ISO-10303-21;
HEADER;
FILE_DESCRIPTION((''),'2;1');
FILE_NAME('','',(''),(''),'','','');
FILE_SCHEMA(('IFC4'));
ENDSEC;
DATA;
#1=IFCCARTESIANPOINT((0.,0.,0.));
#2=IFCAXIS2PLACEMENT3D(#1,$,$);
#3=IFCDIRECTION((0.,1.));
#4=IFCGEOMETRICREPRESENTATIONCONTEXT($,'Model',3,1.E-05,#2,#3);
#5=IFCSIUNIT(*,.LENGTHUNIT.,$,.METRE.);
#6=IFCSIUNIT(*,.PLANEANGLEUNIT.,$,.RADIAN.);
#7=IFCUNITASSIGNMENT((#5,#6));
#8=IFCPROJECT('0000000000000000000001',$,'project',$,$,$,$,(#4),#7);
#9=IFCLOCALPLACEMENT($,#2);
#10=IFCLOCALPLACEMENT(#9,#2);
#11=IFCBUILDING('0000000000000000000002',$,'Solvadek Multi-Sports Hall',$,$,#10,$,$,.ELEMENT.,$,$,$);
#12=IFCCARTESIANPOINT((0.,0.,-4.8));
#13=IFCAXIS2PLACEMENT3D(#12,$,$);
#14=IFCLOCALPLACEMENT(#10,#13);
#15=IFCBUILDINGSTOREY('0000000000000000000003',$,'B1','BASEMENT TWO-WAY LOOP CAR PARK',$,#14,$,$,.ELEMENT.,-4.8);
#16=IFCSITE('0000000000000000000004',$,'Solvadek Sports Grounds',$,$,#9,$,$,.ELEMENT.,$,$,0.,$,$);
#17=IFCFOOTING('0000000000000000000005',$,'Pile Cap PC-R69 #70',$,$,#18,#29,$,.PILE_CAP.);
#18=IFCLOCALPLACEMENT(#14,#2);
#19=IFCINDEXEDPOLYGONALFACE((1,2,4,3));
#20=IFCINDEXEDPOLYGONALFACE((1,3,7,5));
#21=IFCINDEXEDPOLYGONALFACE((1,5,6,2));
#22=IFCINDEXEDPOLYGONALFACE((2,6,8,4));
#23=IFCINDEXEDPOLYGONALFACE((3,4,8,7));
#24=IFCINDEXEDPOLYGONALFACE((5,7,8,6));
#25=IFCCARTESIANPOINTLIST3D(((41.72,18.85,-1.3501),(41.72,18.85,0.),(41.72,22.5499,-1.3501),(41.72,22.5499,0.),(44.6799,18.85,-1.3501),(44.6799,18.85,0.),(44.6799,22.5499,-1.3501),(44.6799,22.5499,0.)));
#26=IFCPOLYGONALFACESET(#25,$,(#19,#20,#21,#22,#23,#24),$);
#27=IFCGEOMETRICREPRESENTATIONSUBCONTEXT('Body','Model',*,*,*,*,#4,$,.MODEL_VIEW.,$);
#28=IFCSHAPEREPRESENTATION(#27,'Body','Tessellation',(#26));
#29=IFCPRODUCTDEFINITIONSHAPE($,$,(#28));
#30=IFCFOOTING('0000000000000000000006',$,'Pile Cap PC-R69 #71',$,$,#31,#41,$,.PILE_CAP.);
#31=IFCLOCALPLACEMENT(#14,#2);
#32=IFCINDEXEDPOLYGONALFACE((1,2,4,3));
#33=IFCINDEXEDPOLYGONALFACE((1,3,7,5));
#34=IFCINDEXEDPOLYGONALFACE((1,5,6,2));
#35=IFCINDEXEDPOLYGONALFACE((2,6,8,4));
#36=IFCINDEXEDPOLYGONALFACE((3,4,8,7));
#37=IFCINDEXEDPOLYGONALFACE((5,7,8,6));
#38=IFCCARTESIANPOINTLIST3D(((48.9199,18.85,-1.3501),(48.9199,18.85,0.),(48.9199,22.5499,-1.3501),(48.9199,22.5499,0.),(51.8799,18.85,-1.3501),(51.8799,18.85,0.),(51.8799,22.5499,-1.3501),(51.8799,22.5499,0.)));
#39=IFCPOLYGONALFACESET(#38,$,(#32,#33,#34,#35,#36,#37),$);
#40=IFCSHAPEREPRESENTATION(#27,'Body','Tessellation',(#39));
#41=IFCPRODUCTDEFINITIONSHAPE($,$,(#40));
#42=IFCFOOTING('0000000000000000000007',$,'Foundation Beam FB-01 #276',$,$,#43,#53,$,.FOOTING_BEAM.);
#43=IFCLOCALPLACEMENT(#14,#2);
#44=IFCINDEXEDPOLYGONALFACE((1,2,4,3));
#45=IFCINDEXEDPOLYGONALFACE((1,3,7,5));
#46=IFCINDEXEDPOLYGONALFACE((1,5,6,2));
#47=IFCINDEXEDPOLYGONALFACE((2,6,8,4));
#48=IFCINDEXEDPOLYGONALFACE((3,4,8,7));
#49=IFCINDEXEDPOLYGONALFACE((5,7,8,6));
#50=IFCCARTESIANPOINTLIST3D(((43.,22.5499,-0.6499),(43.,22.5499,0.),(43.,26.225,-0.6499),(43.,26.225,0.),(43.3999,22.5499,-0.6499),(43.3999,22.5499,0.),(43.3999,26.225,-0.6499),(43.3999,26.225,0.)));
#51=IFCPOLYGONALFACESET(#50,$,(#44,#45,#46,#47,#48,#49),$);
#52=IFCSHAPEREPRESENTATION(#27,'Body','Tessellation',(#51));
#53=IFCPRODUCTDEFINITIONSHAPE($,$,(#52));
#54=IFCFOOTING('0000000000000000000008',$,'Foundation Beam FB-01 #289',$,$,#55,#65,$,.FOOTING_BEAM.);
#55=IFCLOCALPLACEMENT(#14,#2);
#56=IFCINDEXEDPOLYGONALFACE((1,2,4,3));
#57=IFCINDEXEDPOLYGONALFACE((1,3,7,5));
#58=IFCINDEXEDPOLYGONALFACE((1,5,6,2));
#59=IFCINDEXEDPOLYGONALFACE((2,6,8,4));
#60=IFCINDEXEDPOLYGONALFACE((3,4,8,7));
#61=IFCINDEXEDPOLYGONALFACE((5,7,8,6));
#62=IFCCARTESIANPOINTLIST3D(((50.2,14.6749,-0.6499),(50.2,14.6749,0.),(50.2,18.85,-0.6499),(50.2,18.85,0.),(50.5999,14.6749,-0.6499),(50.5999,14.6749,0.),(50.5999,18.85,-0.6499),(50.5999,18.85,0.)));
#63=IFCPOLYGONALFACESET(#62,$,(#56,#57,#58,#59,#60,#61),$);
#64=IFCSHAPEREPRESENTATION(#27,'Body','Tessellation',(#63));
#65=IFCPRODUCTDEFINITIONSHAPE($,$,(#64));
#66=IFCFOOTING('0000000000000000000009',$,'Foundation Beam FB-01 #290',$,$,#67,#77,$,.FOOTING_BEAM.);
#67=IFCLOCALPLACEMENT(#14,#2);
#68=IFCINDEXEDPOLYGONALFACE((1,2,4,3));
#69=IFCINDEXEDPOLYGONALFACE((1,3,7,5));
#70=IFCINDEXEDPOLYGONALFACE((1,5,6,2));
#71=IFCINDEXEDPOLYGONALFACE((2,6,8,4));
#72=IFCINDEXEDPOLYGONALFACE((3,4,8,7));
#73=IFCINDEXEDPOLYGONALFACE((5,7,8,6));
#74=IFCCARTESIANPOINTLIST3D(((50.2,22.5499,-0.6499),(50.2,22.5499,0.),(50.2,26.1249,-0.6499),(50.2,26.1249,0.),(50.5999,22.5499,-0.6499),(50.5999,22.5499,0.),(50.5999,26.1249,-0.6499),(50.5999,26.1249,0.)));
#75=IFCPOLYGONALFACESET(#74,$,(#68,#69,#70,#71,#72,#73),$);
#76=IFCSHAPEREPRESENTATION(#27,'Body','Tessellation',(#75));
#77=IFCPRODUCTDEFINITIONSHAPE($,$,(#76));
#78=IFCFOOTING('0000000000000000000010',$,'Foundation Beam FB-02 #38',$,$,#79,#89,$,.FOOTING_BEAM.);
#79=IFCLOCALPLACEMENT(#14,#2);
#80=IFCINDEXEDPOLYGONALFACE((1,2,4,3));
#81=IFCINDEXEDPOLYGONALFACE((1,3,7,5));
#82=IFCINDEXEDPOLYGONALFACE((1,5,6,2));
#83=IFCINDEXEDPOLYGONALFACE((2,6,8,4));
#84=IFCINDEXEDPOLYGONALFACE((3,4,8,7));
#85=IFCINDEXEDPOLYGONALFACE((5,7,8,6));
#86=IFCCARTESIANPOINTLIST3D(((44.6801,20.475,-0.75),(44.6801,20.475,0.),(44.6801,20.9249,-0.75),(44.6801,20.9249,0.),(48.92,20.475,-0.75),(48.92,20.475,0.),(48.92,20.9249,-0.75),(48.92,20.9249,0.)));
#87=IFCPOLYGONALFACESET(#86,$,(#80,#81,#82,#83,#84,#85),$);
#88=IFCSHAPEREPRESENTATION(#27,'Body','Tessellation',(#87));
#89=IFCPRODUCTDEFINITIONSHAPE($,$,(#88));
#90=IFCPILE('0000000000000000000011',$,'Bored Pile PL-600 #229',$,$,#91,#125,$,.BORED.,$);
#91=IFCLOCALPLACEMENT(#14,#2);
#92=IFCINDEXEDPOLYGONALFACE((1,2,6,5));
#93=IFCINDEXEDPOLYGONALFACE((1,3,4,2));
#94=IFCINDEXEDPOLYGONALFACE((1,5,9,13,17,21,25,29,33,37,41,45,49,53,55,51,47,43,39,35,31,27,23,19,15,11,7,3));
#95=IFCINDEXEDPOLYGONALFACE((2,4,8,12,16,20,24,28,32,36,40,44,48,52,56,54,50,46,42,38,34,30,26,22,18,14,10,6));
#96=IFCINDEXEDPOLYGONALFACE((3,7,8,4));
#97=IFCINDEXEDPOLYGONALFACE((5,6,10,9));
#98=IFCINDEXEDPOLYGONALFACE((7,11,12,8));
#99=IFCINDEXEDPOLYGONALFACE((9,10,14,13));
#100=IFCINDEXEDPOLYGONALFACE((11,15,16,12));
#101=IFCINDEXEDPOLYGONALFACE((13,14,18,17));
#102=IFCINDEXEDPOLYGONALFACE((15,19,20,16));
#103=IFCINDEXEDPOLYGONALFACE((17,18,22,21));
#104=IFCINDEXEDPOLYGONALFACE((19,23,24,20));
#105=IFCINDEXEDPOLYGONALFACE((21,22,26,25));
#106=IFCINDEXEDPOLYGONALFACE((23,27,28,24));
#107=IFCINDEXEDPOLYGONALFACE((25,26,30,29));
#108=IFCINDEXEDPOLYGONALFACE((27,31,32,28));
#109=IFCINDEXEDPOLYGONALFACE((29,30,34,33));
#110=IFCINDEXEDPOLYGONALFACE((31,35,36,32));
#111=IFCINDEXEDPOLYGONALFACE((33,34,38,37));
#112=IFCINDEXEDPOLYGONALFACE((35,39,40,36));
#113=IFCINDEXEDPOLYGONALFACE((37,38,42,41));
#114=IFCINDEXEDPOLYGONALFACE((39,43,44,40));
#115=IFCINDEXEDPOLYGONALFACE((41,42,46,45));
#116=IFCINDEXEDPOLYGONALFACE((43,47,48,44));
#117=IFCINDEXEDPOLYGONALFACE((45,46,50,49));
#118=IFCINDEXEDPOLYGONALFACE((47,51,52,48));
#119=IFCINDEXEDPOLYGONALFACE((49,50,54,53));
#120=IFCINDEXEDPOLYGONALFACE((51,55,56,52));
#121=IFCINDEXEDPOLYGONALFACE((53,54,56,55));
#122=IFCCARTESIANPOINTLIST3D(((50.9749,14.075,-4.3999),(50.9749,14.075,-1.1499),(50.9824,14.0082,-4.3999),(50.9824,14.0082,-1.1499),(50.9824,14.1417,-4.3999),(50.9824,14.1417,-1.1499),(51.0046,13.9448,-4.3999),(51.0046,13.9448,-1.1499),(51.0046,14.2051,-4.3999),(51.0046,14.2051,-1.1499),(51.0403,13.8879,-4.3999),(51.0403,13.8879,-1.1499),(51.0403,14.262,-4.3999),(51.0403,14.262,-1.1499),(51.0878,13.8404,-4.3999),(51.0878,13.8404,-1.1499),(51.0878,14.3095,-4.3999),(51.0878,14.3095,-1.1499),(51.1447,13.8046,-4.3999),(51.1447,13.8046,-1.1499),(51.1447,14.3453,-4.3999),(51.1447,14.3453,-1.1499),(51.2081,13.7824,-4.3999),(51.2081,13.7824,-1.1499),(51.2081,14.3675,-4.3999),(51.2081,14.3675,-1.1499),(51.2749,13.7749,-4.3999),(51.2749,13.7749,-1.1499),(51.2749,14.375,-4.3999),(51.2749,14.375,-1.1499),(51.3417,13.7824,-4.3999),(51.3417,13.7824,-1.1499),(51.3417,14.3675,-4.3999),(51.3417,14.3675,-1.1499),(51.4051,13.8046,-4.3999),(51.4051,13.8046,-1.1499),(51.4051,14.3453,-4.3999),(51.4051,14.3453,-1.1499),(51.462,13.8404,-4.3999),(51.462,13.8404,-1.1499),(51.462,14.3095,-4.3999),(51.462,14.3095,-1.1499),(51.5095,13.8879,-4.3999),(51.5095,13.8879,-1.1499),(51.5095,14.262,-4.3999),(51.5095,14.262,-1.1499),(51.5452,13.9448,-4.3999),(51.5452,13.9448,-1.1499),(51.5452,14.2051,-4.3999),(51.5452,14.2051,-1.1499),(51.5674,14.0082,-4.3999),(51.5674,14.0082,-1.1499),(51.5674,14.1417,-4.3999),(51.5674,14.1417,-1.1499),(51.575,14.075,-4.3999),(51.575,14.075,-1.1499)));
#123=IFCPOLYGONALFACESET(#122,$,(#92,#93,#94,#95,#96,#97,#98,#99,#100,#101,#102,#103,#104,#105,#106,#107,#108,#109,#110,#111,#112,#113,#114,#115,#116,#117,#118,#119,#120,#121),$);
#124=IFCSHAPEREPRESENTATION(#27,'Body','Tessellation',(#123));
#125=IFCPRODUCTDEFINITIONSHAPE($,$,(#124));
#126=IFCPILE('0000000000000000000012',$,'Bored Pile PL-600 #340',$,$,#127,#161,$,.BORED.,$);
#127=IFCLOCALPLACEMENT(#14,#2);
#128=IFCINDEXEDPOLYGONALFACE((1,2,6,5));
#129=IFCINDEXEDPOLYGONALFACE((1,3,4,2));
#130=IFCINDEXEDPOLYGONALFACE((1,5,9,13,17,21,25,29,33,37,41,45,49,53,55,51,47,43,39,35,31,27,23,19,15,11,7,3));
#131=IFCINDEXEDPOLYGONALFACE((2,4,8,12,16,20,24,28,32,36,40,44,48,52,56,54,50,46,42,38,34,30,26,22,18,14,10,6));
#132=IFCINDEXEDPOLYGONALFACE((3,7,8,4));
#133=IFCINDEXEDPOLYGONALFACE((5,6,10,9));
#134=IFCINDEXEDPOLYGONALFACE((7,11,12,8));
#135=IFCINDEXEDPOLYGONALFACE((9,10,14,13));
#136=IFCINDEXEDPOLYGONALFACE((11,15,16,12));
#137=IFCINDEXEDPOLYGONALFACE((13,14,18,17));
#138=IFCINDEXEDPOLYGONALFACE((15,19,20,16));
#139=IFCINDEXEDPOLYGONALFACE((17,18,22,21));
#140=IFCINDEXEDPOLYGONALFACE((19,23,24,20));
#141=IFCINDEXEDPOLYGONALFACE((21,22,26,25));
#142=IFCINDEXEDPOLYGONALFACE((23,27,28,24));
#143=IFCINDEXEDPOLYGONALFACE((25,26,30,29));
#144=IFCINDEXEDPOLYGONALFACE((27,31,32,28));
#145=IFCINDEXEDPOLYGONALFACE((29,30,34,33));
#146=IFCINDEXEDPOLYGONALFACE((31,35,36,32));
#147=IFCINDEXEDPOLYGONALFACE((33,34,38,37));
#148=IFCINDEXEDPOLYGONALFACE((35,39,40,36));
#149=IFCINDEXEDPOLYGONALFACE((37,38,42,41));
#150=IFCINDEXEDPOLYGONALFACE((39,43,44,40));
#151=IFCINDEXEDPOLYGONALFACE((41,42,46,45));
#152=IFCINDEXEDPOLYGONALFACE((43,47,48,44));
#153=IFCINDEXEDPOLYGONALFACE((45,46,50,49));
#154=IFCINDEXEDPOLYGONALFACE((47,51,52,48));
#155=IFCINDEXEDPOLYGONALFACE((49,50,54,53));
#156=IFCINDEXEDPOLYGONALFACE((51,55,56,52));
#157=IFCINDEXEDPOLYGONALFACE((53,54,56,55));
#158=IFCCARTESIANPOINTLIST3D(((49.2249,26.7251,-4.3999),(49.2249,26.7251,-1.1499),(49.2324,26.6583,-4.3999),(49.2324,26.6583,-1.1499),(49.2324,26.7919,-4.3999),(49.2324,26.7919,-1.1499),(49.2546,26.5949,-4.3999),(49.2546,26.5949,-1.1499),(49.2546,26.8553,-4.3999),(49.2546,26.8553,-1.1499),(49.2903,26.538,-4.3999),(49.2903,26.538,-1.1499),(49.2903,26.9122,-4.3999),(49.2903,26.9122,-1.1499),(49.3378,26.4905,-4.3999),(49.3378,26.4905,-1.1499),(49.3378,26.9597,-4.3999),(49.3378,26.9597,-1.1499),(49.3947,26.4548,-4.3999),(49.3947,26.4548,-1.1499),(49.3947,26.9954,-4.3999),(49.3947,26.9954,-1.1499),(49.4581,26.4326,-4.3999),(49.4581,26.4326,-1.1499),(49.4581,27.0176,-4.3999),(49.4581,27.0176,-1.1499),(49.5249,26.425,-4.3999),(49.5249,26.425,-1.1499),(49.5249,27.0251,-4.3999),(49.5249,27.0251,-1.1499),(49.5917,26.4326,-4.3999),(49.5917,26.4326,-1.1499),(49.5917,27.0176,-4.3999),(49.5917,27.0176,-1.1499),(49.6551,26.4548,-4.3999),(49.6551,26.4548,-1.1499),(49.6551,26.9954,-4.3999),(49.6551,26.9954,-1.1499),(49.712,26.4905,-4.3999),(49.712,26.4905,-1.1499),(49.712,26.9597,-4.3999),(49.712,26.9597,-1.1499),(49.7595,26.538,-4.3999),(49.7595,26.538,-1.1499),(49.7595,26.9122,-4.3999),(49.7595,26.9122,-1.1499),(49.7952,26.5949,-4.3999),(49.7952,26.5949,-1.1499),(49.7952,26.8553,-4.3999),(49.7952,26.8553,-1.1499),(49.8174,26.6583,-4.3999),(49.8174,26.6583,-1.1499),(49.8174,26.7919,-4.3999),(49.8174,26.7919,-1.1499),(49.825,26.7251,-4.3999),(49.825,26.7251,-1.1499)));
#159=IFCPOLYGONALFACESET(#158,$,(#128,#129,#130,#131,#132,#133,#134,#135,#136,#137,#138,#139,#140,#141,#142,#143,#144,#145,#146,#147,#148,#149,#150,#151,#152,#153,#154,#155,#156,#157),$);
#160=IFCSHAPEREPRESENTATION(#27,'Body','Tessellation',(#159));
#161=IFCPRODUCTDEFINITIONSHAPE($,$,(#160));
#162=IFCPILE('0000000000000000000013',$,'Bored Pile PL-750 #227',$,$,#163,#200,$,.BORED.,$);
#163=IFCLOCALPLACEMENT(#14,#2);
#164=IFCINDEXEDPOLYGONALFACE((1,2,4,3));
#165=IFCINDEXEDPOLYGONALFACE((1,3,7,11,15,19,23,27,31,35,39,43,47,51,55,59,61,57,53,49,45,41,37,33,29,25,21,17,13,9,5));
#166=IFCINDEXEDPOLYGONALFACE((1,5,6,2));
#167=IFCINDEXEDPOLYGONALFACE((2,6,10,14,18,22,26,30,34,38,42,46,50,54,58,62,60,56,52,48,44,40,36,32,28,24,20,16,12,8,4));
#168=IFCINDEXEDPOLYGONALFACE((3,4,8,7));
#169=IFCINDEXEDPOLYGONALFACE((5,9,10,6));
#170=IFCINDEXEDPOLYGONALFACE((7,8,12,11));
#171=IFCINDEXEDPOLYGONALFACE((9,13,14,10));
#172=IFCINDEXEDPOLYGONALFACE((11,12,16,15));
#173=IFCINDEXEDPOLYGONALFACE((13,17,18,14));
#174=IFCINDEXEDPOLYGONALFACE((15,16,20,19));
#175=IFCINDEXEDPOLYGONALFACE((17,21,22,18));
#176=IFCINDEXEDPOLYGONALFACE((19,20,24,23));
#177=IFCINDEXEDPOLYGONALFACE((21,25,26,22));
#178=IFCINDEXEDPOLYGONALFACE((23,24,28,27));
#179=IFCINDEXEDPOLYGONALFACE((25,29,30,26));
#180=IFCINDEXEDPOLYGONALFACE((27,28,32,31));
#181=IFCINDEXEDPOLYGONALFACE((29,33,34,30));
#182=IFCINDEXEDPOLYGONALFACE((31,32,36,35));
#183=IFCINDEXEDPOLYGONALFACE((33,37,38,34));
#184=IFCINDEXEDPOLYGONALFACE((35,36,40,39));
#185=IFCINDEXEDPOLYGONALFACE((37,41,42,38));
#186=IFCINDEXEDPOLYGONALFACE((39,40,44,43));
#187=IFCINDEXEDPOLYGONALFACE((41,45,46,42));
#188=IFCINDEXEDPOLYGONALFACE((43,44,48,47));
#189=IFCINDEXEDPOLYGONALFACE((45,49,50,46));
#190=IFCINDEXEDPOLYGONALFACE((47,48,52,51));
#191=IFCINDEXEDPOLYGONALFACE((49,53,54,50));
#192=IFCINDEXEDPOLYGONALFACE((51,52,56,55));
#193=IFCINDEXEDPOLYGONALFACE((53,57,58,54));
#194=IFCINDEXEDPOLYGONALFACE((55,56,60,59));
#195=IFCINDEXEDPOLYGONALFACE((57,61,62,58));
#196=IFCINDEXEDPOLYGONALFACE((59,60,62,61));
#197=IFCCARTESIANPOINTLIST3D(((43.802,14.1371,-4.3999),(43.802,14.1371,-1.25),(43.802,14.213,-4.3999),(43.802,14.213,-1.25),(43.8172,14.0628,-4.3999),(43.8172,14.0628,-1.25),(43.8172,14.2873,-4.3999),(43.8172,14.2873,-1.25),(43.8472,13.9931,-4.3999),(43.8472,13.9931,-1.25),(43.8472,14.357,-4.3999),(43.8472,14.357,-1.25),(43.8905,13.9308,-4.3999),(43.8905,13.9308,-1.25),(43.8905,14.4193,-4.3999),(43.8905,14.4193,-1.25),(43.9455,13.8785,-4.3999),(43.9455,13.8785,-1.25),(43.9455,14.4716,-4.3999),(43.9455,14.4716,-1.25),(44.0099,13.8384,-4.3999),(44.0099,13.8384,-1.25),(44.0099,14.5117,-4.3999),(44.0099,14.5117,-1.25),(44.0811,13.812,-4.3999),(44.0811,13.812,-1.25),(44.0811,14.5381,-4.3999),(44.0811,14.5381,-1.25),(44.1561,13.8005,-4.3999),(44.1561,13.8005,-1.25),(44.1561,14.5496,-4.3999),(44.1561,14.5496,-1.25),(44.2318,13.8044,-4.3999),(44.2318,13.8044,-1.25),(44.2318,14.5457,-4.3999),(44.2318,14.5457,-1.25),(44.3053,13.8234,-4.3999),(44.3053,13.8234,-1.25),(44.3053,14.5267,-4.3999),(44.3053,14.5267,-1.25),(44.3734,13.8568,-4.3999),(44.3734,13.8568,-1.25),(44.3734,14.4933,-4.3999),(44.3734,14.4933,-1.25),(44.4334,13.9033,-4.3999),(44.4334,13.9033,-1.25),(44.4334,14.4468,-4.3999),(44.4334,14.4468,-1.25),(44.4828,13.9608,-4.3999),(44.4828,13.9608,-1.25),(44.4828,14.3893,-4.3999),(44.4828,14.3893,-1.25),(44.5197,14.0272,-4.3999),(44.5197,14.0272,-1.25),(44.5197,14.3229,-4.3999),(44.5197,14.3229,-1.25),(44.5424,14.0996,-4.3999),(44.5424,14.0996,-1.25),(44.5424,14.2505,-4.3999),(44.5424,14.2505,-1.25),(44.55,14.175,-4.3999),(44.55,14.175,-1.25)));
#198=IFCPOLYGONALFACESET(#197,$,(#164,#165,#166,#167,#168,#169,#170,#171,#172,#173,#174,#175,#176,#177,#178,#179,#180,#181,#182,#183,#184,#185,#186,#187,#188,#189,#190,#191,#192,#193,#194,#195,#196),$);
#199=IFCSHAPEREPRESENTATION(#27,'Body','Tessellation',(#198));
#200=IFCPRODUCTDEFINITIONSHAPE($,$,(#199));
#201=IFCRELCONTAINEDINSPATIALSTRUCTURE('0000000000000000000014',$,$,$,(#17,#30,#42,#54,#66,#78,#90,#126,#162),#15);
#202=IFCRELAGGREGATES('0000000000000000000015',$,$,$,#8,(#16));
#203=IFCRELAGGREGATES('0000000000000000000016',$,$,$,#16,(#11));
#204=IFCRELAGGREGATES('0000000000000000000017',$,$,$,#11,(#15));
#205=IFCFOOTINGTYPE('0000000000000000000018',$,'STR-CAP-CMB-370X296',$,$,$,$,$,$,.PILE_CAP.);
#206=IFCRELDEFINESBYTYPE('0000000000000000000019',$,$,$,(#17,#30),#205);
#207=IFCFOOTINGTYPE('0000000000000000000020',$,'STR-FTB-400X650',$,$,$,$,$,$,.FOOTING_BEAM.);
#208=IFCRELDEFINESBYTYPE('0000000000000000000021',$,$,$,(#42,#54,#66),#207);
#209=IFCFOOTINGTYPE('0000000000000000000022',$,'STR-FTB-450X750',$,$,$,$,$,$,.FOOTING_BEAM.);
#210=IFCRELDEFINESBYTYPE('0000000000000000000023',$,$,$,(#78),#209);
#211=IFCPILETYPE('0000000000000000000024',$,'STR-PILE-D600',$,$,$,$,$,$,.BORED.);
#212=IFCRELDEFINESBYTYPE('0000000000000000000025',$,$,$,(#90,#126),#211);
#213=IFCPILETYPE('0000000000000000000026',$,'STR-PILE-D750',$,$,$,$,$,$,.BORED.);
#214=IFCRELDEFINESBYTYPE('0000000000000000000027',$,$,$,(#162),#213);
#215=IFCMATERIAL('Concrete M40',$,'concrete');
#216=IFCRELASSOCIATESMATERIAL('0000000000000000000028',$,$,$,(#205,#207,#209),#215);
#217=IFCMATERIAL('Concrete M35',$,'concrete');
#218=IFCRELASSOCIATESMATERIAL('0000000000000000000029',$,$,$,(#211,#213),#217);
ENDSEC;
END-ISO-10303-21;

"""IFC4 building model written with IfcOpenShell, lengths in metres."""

from ifc_helpers import new_model, si_unit, direction, frame, origin, origin_2d, place, context, subcontext, project, spatial, rectangle, circle, extrude, material, material_profile, profile_set, type_object, element, save


model = new_model("IFC4")

# Units and contexts
model_context = context("Model", 3, precision=1e-05, world=origin(), true_north=direction((0.0, 1.0)))
body_context = subcontext(model_context, "Body", "Model", "MODEL_VIEW")
ifc_project = project(units=[si_unit("LENGTHUNIT", "METRE"), si_unit("PLANEANGLEUNIT", "RADIAN")], contexts=[model_context])

# Site, building, storey
site_placement = place(None, origin())
site = spatial("IfcSite", under=ifc_project, at=site_placement, Name="Solvadek Sports Grounds", CompositionType="ELEMENT", RefElevation=0.0)
building_placement = place(site_placement, origin())
building = spatial("IfcBuilding", under=site, at=building_placement, Name="Solvadek Multi-Sports Hall", CompositionType="ELEMENT")
storey_placement = place(building_placement, frame((0.0, 0.0, -4.8)))
storey = spatial("IfcBuildingStorey", under=building, at=storey_placement, Name="B1", Description="BASEMENT TWO-WAY LOOP CAR PARK", CompositionType="ELEMENT", Elevation=-4.8)

# Footings
ifc_material_1 = material(Name="Concrete M40", Category="concrete")
footing_type_1 = type_object("IfcFootingType", Name="STR-CAP-CMB-370X296", PredefinedType="PILE_CAP", material=ifc_material_1)
for number, where, z_axis, x_axis, name in (
    (1, (43.2, 20.7, -1.3501), (0.0, 0.0, 1.0), (0.0, 1.0, 0.0), "Pile Cap PC-R69 #70"),
    (2, (50.3999, 20.7, -1.3501), (0.0, 0.0, 1.0), (0.0, 1.0, 0.0), "Pile Cap PC-R69 #71"),
):
    element("IfcFooting", number, at=place(storey_placement, frame(where, z_axis=z_axis, x_axis=x_axis)), inside=storey, type_object=footing_type_1, Name=name, PredefinedType="PILE_CAP", context=body_context, shape_type="SweptSolid", body=[
        extrude(rectangle(XDim=3.7, YDim=2.96, at=origin_2d()), origin(), (0.0, 0.0, 1.0), 1.3501),
    ])
footing_type_2 = type_object("IfcFootingType", Name="STR-FTB-400X650", PredefinedType="FOOTING_BEAM", material=ifc_material_1)
footing_1_placement = place(storey_placement, frame((43.2, 24.3875, -0.6499), z_axis=(0.0, 0.0, 1.0), x_axis=(0.0, 1.0, 0.0)))
element("IfcFooting", 3, at=footing_1_placement, inside=storey, type_object=footing_type_2, Name="Foundation Beam FB-01 #276", PredefinedType="FOOTING_BEAM", context=body_context, shape_type="SweptSolid", body=[
    extrude(rectangle(XDim=3.675, YDim=0.3999, at=origin_2d()), origin(), (0.0, 0.0, 1.0), 0.6499),
])
footing_2_placement = place(storey_placement, frame((50.3999, 16.7625, -0.6499), z_axis=(0.0, 0.0, 1.0), x_axis=(0.0, 1.0, 0.0)))
element("IfcFooting", 4, at=footing_2_placement, inside=storey, type_object=footing_type_2, Name="Foundation Beam FB-01 #289", PredefinedType="FOOTING_BEAM", context=body_context, shape_type="SweptSolid", body=[
    extrude(rectangle(XDim=4.175, YDim=0.3999, at=origin_2d()), origin(), (0.0, 0.0, 1.0), 0.6499),
])
footing_3_placement = place(storey_placement, frame((50.3999, 24.3374, -0.6499), z_axis=(0.0, 0.0, 1.0), x_axis=(0.0, 1.0, 0.0)))
element("IfcFooting", 5, at=footing_3_placement, inside=storey, type_object=footing_type_2, Name="Foundation Beam FB-01 #290", PredefinedType="FOOTING_BEAM", context=body_context, shape_type="SweptSolid", body=[
    extrude(rectangle(XDim=3.575, YDim=0.3999, at=origin_2d()), origin(), (0.0, 0.0, 1.0), 0.6499),
])
footing_type_3 = type_object("IfcFootingType", Name="STR-FTB-450X750", PredefinedType="FOOTING_BEAM", material=ifc_material_1)
footing_4_placement = place(storey_placement, frame((46.8, 20.7, -0.75), z_axis=(0.0, 0.0, 1.0), x_axis=(1.0, 0.0, 0.0)))
element("IfcFooting", 6, at=footing_4_placement, inside=storey, type_object=footing_type_3, Name="Foundation Beam FB-02 #38", PredefinedType="FOOTING_BEAM", context=body_context, shape_type="SweptSolid", body=[
    extrude(rectangle(XDim=4.24, YDim=0.45, at=origin_2d()), origin(), (0.0, 0.0, 1.0), 0.75),
])

# Piles
ifc_material_2 = material(Name="Concrete M35", Category="concrete")
ifc_material_profile_1 = material_profile(ifc_material_2, circle(Radius=0.3, at=origin_2d()), Name="BORED PILE D600")
ifc_profile_set_1 = profile_set([ifc_material_profile_1], Name="Concrete M35")
pile_type_1 = type_object("IfcPileType", Name="STR-PILE-D600", PredefinedType="BORED", material=ifc_profile_set_1)
for number, where, z_axis, x_axis, name in (
    (7, (51.2749, 14.075, -1.1499), (0.0, 0.0, -1.0), (1.0, 0.0, 0.0), "Bored Pile PL-600 #229"),
    (8, (49.5249, 26.7251, -1.1499), (0.0, 0.0, -1.0), (1.0, 0.0, 0.0), "Bored Pile PL-600 #340"),
):
    element("IfcPile", number, at=place(storey_placement, frame(where, z_axis=z_axis, x_axis=x_axis)), inside=storey, type_object=pile_type_1, Name=name, PredefinedType="BORED", context=body_context, shape_type="SweptSolid", body=[
        extrude(circle(Radius=0.3, at=origin_2d()), origin(), (0.0, 0.0, 1.0), 3.25),
    ])
ifc_material_profile_2 = material_profile(ifc_material_2, circle(Radius=0.375, at=origin_2d()), Name="BORED PILE D750")
ifc_profile_set_2 = profile_set([ifc_material_profile_2], Name="Concrete M35")
pile_type_2 = type_object("IfcPileType", Name="STR-PILE-D750", PredefinedType="BORED", material=ifc_profile_set_2)
for number, where, z_axis, x_axis, name in (
    (9, (44.175, 14.175, -1.25), (0.0, 0.0, -1.0), (1.0, 0.0, 0.0), "Bored Pile PL-750 #227"),
):
    element("IfcPile", number, at=place(storey_placement, frame(where, z_axis=z_axis, x_axis=x_axis)), inside=storey, type_object=pile_type_2, Name=name, PredefinedType="BORED", context=body_context, shape_type="SweptSolid", body=[
        extrude(circle(Radius=0.375, at=origin_2d()), origin(), (0.0, 0.0, 1.0), 3.1499),
    ])

save(model, "model.ifc")
